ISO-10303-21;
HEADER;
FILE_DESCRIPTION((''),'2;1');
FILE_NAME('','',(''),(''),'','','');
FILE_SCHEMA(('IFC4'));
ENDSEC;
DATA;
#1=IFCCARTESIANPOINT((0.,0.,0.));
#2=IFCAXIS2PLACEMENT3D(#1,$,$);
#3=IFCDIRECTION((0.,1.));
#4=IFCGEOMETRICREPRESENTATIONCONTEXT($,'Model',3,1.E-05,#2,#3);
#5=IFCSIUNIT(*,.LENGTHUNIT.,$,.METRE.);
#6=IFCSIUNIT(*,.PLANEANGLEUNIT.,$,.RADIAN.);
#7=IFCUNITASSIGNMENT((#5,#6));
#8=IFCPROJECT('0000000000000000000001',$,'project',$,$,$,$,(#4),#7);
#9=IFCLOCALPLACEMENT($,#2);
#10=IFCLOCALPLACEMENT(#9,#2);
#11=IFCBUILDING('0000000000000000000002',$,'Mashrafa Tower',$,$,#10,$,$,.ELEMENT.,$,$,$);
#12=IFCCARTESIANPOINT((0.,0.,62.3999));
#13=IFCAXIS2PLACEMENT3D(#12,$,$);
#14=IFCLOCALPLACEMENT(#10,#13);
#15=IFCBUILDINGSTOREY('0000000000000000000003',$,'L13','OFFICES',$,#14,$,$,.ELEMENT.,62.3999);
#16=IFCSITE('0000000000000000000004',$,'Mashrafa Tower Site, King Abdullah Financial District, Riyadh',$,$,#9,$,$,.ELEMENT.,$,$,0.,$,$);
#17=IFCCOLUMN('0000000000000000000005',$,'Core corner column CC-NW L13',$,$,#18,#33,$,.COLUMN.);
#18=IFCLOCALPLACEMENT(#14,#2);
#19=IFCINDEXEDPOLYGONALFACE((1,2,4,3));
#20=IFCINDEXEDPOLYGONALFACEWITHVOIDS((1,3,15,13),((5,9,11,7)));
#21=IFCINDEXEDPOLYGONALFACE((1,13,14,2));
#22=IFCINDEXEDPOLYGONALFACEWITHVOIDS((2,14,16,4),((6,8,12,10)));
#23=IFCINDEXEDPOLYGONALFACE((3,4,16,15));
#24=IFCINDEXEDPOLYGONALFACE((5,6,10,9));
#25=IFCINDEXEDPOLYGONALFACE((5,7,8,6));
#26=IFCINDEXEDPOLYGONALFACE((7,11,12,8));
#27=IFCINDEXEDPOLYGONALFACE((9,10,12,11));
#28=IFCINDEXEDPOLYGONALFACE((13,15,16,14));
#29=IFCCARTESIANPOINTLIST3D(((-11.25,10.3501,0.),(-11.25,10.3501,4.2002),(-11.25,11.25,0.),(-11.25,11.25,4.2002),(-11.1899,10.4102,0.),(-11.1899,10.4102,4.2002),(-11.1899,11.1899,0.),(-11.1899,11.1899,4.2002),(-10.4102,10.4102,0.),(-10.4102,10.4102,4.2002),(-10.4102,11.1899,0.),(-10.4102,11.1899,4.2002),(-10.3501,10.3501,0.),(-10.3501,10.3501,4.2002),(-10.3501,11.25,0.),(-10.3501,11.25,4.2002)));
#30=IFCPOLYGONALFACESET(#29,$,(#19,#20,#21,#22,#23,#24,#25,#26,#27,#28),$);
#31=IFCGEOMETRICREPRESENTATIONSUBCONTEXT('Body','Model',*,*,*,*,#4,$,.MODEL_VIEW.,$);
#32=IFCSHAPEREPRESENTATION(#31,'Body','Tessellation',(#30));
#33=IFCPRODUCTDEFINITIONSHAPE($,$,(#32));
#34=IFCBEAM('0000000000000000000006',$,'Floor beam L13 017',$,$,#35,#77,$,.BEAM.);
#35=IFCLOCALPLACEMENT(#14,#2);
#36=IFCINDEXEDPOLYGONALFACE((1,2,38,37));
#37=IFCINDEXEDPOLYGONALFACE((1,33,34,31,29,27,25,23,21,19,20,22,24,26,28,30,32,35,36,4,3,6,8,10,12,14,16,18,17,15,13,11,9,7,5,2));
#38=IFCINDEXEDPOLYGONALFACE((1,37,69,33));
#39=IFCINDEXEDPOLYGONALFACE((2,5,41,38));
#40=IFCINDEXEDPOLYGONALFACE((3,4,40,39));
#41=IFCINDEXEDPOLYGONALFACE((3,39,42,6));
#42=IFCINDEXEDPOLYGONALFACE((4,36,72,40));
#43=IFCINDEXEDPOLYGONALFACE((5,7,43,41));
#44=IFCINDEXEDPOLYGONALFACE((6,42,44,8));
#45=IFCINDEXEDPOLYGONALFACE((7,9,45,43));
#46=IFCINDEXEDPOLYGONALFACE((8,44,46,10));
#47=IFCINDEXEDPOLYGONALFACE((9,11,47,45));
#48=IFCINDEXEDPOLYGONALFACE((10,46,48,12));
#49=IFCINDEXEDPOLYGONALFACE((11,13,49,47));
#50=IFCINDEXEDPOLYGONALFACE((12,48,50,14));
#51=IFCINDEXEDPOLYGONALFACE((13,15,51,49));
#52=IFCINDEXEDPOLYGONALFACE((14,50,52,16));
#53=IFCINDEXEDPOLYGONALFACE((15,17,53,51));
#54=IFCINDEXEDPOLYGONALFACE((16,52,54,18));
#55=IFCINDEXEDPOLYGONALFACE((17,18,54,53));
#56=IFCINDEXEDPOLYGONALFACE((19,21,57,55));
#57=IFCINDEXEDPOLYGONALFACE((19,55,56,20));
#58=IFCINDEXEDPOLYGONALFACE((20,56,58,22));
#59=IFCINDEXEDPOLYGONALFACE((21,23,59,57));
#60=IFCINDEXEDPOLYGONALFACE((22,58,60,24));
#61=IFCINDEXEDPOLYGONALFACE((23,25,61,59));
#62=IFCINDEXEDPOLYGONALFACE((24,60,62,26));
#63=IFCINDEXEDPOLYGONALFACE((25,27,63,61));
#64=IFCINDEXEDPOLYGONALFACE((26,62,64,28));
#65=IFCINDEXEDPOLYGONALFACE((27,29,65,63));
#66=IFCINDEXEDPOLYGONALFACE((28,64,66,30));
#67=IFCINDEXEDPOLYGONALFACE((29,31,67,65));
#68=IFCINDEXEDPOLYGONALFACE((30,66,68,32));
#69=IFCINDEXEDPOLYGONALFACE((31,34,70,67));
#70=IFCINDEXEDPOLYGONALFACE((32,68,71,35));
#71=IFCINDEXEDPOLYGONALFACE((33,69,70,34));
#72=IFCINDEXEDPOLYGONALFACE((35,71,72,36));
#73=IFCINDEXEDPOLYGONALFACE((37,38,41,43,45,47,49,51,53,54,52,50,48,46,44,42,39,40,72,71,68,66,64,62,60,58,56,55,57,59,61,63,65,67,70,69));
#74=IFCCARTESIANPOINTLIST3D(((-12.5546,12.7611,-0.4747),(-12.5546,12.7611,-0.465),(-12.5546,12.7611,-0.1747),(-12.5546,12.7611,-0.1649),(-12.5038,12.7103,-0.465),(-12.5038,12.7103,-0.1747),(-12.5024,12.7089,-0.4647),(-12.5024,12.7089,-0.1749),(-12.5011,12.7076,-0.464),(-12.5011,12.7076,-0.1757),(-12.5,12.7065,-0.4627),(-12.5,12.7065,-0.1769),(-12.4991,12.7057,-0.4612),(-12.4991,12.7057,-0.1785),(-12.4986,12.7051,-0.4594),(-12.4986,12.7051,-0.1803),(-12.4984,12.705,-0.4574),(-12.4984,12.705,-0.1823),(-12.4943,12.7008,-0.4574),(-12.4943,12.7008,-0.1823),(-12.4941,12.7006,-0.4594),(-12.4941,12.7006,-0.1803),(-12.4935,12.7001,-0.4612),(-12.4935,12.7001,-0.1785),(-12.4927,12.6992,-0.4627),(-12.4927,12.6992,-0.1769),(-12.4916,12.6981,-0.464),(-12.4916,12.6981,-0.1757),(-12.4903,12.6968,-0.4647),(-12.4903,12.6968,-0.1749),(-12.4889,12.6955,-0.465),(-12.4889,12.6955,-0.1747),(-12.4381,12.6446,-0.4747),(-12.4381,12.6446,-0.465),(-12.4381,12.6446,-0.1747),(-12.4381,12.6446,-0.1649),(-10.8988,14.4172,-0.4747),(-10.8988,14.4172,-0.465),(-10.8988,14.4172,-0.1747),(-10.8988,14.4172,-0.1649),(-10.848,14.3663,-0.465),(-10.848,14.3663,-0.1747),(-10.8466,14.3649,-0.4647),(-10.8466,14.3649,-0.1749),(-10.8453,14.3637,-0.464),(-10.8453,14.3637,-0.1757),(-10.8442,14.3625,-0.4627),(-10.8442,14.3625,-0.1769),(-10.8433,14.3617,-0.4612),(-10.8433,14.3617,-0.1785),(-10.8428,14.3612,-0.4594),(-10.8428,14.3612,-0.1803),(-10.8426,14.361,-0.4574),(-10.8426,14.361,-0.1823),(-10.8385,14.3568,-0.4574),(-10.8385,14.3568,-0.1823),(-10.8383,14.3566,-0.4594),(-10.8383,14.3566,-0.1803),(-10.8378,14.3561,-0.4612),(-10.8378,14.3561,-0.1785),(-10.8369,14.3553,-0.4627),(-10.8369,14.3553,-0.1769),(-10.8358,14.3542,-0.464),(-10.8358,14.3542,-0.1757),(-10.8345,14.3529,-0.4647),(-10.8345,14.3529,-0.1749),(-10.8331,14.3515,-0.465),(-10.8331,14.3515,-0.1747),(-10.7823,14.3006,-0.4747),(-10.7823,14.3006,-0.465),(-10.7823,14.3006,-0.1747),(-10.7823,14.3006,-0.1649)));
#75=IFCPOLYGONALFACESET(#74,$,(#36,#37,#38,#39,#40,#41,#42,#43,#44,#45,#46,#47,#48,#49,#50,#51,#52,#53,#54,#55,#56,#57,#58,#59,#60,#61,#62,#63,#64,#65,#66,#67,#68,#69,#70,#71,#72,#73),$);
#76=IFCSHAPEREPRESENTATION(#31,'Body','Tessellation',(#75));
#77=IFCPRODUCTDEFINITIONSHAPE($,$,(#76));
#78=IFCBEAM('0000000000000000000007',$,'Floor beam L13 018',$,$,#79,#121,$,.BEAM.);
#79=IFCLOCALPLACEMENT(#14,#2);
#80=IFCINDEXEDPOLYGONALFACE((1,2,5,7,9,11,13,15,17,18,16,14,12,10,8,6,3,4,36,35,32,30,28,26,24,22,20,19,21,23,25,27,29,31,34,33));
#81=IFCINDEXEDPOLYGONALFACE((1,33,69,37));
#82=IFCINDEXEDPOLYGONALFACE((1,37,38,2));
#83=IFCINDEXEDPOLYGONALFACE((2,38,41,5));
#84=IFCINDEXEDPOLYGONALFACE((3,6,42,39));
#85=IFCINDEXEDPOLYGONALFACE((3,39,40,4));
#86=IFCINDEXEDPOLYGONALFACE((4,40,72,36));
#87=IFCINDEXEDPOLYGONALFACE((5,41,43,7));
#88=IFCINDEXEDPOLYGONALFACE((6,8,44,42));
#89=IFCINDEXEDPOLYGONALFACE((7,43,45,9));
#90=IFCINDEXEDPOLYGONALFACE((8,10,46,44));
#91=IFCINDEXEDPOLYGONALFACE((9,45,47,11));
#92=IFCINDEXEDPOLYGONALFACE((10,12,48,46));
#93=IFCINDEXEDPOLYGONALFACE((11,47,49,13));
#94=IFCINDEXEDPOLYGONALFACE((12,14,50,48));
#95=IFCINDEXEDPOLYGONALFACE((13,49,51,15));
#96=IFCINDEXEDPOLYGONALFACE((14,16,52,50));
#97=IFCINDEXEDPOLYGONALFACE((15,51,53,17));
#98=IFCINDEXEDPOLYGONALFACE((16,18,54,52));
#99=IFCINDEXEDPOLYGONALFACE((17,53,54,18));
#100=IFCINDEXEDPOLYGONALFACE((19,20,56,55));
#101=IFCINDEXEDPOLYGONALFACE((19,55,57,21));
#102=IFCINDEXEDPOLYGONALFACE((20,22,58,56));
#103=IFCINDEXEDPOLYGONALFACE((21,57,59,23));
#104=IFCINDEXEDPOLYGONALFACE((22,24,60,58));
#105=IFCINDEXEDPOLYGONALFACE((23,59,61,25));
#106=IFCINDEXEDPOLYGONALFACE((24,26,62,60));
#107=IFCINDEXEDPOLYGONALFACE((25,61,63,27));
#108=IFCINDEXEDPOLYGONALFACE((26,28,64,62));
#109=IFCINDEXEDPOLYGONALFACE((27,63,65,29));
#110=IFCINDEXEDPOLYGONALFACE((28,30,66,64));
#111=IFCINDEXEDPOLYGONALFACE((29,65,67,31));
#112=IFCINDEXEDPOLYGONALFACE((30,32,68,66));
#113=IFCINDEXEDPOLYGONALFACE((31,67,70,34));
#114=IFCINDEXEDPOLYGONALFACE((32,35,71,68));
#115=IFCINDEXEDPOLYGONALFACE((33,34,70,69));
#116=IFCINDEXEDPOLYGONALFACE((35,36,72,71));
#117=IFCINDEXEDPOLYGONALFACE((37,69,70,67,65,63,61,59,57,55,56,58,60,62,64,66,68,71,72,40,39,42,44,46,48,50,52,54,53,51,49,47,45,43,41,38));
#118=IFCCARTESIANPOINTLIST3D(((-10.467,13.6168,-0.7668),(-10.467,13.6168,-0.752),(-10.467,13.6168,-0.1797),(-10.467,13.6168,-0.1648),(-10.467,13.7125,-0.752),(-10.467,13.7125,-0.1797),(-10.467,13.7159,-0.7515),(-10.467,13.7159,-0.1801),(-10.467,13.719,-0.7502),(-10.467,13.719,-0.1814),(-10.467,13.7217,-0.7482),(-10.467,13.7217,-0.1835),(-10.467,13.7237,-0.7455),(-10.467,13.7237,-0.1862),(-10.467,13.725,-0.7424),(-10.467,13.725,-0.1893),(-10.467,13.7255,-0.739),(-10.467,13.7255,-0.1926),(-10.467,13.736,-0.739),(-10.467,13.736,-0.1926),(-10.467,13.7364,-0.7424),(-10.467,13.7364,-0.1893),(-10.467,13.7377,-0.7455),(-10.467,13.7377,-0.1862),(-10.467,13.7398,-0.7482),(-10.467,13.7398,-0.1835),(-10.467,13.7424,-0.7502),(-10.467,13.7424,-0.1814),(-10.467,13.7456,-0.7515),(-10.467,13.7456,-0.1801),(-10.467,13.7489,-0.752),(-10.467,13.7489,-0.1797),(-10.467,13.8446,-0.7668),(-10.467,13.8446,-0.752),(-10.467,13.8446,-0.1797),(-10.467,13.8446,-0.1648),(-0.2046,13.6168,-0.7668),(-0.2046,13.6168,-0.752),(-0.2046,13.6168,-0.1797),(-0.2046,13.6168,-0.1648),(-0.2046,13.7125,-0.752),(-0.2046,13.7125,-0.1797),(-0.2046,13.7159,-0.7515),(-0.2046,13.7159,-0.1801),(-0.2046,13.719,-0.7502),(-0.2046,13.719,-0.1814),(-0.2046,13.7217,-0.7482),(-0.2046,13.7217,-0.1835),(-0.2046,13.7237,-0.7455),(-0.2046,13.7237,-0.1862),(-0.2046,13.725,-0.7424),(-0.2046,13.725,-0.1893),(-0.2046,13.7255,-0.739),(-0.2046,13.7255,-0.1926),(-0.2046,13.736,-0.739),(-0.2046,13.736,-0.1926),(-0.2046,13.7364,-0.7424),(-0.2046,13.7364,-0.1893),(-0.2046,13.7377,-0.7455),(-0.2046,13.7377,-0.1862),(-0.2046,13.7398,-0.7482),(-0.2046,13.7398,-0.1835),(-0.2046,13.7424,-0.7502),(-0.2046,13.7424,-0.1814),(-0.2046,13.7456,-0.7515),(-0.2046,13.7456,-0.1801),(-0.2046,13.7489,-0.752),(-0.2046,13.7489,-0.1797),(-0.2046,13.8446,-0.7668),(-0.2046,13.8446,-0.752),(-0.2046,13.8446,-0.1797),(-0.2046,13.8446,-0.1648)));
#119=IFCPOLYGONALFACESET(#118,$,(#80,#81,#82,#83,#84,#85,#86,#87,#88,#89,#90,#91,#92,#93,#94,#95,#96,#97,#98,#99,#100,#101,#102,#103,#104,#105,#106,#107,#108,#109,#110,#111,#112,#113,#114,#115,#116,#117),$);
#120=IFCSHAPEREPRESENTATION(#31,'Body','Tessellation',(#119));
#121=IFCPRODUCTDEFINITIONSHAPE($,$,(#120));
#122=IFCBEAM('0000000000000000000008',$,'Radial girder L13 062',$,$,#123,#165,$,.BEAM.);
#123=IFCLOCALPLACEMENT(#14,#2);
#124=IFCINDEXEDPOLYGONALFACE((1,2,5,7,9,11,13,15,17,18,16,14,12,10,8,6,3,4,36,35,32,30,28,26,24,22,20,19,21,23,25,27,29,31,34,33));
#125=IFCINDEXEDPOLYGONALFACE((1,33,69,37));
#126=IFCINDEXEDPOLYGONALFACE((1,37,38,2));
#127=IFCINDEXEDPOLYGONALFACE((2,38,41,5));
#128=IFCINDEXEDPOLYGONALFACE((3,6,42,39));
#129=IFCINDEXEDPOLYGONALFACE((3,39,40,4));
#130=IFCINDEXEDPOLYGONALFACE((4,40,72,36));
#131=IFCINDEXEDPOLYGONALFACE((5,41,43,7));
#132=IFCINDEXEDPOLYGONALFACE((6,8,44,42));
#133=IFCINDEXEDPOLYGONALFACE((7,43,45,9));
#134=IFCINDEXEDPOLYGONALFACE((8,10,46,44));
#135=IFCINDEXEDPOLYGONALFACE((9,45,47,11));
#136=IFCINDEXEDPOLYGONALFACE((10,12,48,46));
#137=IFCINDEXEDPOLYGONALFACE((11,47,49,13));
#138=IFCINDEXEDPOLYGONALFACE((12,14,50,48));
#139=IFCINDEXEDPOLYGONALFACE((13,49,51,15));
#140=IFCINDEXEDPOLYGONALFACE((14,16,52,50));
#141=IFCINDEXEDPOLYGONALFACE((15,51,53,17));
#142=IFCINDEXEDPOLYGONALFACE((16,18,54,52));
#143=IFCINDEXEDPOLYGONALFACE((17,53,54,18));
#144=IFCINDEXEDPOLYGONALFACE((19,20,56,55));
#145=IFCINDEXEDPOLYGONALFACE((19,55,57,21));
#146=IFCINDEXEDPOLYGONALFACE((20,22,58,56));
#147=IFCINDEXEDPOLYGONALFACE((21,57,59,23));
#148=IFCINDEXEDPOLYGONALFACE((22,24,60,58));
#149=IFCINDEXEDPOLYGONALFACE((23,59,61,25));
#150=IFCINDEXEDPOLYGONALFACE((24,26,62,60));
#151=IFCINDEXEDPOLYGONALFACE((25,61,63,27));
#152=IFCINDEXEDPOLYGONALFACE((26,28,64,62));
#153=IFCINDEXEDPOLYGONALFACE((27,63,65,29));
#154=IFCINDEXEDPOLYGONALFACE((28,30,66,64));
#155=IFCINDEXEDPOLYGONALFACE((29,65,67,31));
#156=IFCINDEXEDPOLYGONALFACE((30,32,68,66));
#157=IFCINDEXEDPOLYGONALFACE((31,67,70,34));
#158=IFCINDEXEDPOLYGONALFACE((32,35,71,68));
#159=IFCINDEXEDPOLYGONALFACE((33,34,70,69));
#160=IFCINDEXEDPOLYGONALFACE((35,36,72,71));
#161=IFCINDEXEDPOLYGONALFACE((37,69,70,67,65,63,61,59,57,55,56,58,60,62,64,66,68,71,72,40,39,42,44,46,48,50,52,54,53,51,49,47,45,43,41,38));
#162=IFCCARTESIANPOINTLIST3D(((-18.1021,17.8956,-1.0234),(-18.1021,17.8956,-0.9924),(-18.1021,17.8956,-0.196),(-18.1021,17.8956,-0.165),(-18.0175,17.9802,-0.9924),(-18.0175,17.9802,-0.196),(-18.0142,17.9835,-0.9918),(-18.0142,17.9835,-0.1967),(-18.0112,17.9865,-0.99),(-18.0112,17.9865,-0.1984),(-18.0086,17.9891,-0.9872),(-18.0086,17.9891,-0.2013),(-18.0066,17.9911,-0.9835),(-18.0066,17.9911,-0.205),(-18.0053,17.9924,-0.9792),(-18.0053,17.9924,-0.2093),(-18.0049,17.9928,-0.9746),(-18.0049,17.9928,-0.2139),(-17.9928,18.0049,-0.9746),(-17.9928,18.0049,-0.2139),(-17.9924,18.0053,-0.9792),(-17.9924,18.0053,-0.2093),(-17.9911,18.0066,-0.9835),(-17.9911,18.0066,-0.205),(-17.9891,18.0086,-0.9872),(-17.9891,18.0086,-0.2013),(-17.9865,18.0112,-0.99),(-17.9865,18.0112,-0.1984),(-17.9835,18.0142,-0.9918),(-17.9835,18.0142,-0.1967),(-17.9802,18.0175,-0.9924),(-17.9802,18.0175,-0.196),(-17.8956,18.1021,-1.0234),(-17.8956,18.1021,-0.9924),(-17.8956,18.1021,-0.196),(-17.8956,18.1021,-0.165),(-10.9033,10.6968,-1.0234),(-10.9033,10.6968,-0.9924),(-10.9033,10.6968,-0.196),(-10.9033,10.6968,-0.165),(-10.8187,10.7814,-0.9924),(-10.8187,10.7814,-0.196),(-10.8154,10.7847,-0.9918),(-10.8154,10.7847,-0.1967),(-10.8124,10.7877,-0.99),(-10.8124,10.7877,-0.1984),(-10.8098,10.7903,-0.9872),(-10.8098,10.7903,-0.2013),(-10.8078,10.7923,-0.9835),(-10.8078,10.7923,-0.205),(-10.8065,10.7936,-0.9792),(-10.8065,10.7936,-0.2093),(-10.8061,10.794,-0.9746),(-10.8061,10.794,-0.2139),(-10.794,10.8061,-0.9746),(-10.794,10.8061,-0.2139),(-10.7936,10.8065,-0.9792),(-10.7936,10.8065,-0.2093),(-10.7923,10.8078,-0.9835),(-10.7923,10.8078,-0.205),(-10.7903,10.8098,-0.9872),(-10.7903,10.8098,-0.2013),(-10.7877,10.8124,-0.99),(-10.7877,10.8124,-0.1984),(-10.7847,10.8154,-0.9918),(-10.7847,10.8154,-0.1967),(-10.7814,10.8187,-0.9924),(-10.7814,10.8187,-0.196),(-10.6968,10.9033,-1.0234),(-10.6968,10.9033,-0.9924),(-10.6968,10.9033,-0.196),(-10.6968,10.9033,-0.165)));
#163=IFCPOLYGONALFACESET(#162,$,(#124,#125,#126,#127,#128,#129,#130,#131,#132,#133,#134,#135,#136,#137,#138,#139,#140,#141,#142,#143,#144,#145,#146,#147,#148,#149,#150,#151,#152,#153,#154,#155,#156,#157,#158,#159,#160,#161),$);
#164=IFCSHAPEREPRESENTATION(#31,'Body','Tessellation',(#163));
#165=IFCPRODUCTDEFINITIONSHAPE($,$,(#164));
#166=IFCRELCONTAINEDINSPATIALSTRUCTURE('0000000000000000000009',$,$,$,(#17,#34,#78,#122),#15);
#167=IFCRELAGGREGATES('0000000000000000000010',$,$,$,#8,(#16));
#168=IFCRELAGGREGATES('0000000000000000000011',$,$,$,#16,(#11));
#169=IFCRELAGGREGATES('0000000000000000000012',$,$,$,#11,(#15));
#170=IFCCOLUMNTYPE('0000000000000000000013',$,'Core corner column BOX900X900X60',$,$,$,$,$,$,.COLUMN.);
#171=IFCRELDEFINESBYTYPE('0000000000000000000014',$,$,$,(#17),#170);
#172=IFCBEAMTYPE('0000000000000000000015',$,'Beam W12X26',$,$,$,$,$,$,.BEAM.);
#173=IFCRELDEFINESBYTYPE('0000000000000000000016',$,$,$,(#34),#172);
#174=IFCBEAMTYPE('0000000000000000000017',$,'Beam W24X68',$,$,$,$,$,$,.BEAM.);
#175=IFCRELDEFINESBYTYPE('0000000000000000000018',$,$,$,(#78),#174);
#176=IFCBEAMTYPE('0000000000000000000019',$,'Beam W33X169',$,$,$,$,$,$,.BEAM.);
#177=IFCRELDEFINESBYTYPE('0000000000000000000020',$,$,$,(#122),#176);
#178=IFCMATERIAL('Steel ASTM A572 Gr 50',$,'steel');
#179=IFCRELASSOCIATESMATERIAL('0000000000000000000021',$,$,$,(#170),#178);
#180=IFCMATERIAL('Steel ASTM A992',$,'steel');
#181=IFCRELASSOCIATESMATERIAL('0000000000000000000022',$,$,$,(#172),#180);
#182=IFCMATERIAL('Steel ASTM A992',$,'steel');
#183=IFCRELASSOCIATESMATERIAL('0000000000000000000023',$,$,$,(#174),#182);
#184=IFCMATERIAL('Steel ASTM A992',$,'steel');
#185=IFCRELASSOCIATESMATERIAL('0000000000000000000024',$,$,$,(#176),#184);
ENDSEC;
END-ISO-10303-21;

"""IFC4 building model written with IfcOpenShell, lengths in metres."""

from ifc_helpers import new_model, si_unit, direction, frame, origin, origin_2d, place, context, subcontext, project, spatial, hollow_rectangle, i_section, extrude, material, material_profile, profile_set, type_object, element, save


model = new_model("IFC4")

# Units and contexts
model_context = context("Model", 3, precision=1e-05, world=origin(), true_north=direction((0.0, 1.0)))
body_context = subcontext(model_context, "Body", "Model", "MODEL_VIEW")
ifc_project = project(units=[si_unit("LENGTHUNIT", "METRE"), si_unit("PLANEANGLEUNIT", "RADIAN")], contexts=[model_context])

# Site, building, storey
site_placement = place(None, origin())
site = spatial("IfcSite", under=ifc_project, at=site_placement, Name="Mashrafa Tower Site, King Abdullah Financial District, Riyadh", CompositionType="ELEMENT", RefElevation=0.0)
building_placement = place(site_placement, origin())
building = spatial("IfcBuilding", under=site, at=building_placement, Name="Mashrafa Tower", CompositionType="ELEMENT")
storey_placement = place(building_placement, frame((0.0, 0.0, 62.3999)))
storey = spatial("IfcBuildingStorey", under=building, at=storey_placement, Name="L13", Description="OFFICES", CompositionType="ELEMENT", Elevation=62.3999)

# Column
ifc_material_1 = material(Name="Steel ASTM A572 Gr 50", Category="steel")
ifc_material_profile_1 = material_profile(ifc_material_1, hollow_rectangle(XDim=0.8999, YDim=0.8999, WallThickness=0.0601, at=origin_2d()), Name="BOX900X900X60")
ifc_profile_set_1 = profile_set([ifc_material_profile_1], Name="Steel ASTM A572 Gr 50")
column_type = type_object("IfcColumnType", Name="Core corner column BOX900X900X60", PredefinedType="COLUMN", material=ifc_profile_set_1)
column_placement = place(storey_placement, frame((-10.8, 10.8, 0.0), z_axis=(0.0, 0.0, 1.0), x_axis=(1.0, 0.0, 0.0)))
element("IfcColumn", 1, at=column_placement, inside=storey, type_object=column_type, Name="Core corner column CC-NW L13", PredefinedType="COLUMN", context=body_context, shape_type="SweptSolid", body=[
    extrude(hollow_rectangle(XDim=0.8999, YDim=0.8999, WallThickness=0.0601, at=origin_2d()), origin(), (0.0, 0.0, 1.0), 4.2002),
])

# Beams
ifc_material_2 = material(Name="Steel ASTM A992", Category="steel")
ifc_material_profile_2 = material_profile(ifc_material_2, i_section(OverallWidth=0.1648, OverallDepth=0.3098, WebThickness=0.0059, FlangeThickness=0.0098, FilletRadius=0.0076, at=origin_2d()), Name="W12X26")
ifc_profile_set_2 = profile_set([ifc_material_profile_2], Name="Steel ASTM A992")
beam_type_1 = type_object("IfcBeamType", Name="Beam W12X26", PredefinedType="BEAM", material=ifc_profile_set_2)
beam_1_placement = place(storey_placement, frame((-12.4963, 12.7029, -0.3198), z_axis=(0.707055, 0.707159, 0.0), x_axis=(-0.707159, 0.707055, 0.0)))
element("IfcBeam", 2, at=beam_1_placement, inside=storey, type_object=beam_type_1, Name="Floor beam L13 017", PredefinedType="BEAM", context=body_context, shape_type="SweptSolid", body=[
    extrude(i_section(OverallWidth=0.1648, OverallDepth=0.3098, WebThickness=0.0059, FlangeThickness=0.0098, FilletRadius=0.0076, at=origin_2d()), origin(), (0.0, 0.0, 1.0), 2.3418),
])
ifc_material_3 = material(Name="Steel ASTM A992", Category="steel")
ifc_material_profile_3 = material_profile(ifc_material_3, i_section(OverallWidth=0.2278, OverallDepth=0.6021, WebThickness=0.0105, FlangeThickness=0.0149, FilletRadius=0.0129, at=origin_2d()), Name="W24X68")
ifc_profile_set_3 = profile_set([ifc_material_profile_3], Name="Steel ASTM A992")
beam_type_2 = type_object("IfcBeamType", Name="Beam W24X68", PredefinedType="BEAM", material=ifc_profile_set_3)
beam_2_placement = place(storey_placement, frame((-10.467, 13.7307, -0.4658), z_axis=(1.0, 0.0, 0.0), x_axis=(0.0, 1.0, 0.0)))
element("IfcBeam", 3, at=beam_2_placement, inside=storey, type_object=beam_type_2, Name="Floor beam L13 018", PredefinedType="BEAM", context=body_context, shape_type="SweptSolid", body=[
    extrude(i_section(OverallWidth=0.2278, OverallDepth=0.6021, WebThickness=0.0105, FlangeThickness=0.0149, FilletRadius=0.0129, at=origin_2d()), origin(), (0.0, 0.0, 1.0), 10.2625),
])
ifc_material_4 = material(Name="Steel ASTM A992", Category="steel")
ifc_material_profile_4 = material_profile(ifc_material_4, i_section(OverallWidth=0.292, OverallDepth=0.8584, WebThickness=0.0171, FlangeThickness=0.031, FilletRadius=0.0178, at=origin_2d()), Name="W33X169")
ifc_profile_set_4 = profile_set([ifc_material_profile_4], Name="Steel ASTM A992")
beam_type_3 = type_object("IfcBeamType", Name="Beam W33X169", PredefinedType="BEAM", material=ifc_profile_set_4)
beam_3_placement = place(storey_placement, frame((-10.8, 10.8, -0.5942), z_axis=(-0.707107, 0.707107, 0.0), x_axis=(-0.707107, -0.707107, 0.0)))
element("IfcBeam", 4, at=beam_3_placement, inside=storey, type_object=beam_type_3, Name="Radial girder L13 062", PredefinedType="BEAM", context=body_context, shape_type="SweptSolid", body=[
    extrude(i_section(OverallWidth=0.292, OverallDepth=0.8584, WebThickness=0.0171, FlangeThickness=0.031, FilletRadius=0.0178, at=origin_2d()), origin(), (0.0, 0.0, 1.0), 10.1807),
])

save(model, "model.ifc")
